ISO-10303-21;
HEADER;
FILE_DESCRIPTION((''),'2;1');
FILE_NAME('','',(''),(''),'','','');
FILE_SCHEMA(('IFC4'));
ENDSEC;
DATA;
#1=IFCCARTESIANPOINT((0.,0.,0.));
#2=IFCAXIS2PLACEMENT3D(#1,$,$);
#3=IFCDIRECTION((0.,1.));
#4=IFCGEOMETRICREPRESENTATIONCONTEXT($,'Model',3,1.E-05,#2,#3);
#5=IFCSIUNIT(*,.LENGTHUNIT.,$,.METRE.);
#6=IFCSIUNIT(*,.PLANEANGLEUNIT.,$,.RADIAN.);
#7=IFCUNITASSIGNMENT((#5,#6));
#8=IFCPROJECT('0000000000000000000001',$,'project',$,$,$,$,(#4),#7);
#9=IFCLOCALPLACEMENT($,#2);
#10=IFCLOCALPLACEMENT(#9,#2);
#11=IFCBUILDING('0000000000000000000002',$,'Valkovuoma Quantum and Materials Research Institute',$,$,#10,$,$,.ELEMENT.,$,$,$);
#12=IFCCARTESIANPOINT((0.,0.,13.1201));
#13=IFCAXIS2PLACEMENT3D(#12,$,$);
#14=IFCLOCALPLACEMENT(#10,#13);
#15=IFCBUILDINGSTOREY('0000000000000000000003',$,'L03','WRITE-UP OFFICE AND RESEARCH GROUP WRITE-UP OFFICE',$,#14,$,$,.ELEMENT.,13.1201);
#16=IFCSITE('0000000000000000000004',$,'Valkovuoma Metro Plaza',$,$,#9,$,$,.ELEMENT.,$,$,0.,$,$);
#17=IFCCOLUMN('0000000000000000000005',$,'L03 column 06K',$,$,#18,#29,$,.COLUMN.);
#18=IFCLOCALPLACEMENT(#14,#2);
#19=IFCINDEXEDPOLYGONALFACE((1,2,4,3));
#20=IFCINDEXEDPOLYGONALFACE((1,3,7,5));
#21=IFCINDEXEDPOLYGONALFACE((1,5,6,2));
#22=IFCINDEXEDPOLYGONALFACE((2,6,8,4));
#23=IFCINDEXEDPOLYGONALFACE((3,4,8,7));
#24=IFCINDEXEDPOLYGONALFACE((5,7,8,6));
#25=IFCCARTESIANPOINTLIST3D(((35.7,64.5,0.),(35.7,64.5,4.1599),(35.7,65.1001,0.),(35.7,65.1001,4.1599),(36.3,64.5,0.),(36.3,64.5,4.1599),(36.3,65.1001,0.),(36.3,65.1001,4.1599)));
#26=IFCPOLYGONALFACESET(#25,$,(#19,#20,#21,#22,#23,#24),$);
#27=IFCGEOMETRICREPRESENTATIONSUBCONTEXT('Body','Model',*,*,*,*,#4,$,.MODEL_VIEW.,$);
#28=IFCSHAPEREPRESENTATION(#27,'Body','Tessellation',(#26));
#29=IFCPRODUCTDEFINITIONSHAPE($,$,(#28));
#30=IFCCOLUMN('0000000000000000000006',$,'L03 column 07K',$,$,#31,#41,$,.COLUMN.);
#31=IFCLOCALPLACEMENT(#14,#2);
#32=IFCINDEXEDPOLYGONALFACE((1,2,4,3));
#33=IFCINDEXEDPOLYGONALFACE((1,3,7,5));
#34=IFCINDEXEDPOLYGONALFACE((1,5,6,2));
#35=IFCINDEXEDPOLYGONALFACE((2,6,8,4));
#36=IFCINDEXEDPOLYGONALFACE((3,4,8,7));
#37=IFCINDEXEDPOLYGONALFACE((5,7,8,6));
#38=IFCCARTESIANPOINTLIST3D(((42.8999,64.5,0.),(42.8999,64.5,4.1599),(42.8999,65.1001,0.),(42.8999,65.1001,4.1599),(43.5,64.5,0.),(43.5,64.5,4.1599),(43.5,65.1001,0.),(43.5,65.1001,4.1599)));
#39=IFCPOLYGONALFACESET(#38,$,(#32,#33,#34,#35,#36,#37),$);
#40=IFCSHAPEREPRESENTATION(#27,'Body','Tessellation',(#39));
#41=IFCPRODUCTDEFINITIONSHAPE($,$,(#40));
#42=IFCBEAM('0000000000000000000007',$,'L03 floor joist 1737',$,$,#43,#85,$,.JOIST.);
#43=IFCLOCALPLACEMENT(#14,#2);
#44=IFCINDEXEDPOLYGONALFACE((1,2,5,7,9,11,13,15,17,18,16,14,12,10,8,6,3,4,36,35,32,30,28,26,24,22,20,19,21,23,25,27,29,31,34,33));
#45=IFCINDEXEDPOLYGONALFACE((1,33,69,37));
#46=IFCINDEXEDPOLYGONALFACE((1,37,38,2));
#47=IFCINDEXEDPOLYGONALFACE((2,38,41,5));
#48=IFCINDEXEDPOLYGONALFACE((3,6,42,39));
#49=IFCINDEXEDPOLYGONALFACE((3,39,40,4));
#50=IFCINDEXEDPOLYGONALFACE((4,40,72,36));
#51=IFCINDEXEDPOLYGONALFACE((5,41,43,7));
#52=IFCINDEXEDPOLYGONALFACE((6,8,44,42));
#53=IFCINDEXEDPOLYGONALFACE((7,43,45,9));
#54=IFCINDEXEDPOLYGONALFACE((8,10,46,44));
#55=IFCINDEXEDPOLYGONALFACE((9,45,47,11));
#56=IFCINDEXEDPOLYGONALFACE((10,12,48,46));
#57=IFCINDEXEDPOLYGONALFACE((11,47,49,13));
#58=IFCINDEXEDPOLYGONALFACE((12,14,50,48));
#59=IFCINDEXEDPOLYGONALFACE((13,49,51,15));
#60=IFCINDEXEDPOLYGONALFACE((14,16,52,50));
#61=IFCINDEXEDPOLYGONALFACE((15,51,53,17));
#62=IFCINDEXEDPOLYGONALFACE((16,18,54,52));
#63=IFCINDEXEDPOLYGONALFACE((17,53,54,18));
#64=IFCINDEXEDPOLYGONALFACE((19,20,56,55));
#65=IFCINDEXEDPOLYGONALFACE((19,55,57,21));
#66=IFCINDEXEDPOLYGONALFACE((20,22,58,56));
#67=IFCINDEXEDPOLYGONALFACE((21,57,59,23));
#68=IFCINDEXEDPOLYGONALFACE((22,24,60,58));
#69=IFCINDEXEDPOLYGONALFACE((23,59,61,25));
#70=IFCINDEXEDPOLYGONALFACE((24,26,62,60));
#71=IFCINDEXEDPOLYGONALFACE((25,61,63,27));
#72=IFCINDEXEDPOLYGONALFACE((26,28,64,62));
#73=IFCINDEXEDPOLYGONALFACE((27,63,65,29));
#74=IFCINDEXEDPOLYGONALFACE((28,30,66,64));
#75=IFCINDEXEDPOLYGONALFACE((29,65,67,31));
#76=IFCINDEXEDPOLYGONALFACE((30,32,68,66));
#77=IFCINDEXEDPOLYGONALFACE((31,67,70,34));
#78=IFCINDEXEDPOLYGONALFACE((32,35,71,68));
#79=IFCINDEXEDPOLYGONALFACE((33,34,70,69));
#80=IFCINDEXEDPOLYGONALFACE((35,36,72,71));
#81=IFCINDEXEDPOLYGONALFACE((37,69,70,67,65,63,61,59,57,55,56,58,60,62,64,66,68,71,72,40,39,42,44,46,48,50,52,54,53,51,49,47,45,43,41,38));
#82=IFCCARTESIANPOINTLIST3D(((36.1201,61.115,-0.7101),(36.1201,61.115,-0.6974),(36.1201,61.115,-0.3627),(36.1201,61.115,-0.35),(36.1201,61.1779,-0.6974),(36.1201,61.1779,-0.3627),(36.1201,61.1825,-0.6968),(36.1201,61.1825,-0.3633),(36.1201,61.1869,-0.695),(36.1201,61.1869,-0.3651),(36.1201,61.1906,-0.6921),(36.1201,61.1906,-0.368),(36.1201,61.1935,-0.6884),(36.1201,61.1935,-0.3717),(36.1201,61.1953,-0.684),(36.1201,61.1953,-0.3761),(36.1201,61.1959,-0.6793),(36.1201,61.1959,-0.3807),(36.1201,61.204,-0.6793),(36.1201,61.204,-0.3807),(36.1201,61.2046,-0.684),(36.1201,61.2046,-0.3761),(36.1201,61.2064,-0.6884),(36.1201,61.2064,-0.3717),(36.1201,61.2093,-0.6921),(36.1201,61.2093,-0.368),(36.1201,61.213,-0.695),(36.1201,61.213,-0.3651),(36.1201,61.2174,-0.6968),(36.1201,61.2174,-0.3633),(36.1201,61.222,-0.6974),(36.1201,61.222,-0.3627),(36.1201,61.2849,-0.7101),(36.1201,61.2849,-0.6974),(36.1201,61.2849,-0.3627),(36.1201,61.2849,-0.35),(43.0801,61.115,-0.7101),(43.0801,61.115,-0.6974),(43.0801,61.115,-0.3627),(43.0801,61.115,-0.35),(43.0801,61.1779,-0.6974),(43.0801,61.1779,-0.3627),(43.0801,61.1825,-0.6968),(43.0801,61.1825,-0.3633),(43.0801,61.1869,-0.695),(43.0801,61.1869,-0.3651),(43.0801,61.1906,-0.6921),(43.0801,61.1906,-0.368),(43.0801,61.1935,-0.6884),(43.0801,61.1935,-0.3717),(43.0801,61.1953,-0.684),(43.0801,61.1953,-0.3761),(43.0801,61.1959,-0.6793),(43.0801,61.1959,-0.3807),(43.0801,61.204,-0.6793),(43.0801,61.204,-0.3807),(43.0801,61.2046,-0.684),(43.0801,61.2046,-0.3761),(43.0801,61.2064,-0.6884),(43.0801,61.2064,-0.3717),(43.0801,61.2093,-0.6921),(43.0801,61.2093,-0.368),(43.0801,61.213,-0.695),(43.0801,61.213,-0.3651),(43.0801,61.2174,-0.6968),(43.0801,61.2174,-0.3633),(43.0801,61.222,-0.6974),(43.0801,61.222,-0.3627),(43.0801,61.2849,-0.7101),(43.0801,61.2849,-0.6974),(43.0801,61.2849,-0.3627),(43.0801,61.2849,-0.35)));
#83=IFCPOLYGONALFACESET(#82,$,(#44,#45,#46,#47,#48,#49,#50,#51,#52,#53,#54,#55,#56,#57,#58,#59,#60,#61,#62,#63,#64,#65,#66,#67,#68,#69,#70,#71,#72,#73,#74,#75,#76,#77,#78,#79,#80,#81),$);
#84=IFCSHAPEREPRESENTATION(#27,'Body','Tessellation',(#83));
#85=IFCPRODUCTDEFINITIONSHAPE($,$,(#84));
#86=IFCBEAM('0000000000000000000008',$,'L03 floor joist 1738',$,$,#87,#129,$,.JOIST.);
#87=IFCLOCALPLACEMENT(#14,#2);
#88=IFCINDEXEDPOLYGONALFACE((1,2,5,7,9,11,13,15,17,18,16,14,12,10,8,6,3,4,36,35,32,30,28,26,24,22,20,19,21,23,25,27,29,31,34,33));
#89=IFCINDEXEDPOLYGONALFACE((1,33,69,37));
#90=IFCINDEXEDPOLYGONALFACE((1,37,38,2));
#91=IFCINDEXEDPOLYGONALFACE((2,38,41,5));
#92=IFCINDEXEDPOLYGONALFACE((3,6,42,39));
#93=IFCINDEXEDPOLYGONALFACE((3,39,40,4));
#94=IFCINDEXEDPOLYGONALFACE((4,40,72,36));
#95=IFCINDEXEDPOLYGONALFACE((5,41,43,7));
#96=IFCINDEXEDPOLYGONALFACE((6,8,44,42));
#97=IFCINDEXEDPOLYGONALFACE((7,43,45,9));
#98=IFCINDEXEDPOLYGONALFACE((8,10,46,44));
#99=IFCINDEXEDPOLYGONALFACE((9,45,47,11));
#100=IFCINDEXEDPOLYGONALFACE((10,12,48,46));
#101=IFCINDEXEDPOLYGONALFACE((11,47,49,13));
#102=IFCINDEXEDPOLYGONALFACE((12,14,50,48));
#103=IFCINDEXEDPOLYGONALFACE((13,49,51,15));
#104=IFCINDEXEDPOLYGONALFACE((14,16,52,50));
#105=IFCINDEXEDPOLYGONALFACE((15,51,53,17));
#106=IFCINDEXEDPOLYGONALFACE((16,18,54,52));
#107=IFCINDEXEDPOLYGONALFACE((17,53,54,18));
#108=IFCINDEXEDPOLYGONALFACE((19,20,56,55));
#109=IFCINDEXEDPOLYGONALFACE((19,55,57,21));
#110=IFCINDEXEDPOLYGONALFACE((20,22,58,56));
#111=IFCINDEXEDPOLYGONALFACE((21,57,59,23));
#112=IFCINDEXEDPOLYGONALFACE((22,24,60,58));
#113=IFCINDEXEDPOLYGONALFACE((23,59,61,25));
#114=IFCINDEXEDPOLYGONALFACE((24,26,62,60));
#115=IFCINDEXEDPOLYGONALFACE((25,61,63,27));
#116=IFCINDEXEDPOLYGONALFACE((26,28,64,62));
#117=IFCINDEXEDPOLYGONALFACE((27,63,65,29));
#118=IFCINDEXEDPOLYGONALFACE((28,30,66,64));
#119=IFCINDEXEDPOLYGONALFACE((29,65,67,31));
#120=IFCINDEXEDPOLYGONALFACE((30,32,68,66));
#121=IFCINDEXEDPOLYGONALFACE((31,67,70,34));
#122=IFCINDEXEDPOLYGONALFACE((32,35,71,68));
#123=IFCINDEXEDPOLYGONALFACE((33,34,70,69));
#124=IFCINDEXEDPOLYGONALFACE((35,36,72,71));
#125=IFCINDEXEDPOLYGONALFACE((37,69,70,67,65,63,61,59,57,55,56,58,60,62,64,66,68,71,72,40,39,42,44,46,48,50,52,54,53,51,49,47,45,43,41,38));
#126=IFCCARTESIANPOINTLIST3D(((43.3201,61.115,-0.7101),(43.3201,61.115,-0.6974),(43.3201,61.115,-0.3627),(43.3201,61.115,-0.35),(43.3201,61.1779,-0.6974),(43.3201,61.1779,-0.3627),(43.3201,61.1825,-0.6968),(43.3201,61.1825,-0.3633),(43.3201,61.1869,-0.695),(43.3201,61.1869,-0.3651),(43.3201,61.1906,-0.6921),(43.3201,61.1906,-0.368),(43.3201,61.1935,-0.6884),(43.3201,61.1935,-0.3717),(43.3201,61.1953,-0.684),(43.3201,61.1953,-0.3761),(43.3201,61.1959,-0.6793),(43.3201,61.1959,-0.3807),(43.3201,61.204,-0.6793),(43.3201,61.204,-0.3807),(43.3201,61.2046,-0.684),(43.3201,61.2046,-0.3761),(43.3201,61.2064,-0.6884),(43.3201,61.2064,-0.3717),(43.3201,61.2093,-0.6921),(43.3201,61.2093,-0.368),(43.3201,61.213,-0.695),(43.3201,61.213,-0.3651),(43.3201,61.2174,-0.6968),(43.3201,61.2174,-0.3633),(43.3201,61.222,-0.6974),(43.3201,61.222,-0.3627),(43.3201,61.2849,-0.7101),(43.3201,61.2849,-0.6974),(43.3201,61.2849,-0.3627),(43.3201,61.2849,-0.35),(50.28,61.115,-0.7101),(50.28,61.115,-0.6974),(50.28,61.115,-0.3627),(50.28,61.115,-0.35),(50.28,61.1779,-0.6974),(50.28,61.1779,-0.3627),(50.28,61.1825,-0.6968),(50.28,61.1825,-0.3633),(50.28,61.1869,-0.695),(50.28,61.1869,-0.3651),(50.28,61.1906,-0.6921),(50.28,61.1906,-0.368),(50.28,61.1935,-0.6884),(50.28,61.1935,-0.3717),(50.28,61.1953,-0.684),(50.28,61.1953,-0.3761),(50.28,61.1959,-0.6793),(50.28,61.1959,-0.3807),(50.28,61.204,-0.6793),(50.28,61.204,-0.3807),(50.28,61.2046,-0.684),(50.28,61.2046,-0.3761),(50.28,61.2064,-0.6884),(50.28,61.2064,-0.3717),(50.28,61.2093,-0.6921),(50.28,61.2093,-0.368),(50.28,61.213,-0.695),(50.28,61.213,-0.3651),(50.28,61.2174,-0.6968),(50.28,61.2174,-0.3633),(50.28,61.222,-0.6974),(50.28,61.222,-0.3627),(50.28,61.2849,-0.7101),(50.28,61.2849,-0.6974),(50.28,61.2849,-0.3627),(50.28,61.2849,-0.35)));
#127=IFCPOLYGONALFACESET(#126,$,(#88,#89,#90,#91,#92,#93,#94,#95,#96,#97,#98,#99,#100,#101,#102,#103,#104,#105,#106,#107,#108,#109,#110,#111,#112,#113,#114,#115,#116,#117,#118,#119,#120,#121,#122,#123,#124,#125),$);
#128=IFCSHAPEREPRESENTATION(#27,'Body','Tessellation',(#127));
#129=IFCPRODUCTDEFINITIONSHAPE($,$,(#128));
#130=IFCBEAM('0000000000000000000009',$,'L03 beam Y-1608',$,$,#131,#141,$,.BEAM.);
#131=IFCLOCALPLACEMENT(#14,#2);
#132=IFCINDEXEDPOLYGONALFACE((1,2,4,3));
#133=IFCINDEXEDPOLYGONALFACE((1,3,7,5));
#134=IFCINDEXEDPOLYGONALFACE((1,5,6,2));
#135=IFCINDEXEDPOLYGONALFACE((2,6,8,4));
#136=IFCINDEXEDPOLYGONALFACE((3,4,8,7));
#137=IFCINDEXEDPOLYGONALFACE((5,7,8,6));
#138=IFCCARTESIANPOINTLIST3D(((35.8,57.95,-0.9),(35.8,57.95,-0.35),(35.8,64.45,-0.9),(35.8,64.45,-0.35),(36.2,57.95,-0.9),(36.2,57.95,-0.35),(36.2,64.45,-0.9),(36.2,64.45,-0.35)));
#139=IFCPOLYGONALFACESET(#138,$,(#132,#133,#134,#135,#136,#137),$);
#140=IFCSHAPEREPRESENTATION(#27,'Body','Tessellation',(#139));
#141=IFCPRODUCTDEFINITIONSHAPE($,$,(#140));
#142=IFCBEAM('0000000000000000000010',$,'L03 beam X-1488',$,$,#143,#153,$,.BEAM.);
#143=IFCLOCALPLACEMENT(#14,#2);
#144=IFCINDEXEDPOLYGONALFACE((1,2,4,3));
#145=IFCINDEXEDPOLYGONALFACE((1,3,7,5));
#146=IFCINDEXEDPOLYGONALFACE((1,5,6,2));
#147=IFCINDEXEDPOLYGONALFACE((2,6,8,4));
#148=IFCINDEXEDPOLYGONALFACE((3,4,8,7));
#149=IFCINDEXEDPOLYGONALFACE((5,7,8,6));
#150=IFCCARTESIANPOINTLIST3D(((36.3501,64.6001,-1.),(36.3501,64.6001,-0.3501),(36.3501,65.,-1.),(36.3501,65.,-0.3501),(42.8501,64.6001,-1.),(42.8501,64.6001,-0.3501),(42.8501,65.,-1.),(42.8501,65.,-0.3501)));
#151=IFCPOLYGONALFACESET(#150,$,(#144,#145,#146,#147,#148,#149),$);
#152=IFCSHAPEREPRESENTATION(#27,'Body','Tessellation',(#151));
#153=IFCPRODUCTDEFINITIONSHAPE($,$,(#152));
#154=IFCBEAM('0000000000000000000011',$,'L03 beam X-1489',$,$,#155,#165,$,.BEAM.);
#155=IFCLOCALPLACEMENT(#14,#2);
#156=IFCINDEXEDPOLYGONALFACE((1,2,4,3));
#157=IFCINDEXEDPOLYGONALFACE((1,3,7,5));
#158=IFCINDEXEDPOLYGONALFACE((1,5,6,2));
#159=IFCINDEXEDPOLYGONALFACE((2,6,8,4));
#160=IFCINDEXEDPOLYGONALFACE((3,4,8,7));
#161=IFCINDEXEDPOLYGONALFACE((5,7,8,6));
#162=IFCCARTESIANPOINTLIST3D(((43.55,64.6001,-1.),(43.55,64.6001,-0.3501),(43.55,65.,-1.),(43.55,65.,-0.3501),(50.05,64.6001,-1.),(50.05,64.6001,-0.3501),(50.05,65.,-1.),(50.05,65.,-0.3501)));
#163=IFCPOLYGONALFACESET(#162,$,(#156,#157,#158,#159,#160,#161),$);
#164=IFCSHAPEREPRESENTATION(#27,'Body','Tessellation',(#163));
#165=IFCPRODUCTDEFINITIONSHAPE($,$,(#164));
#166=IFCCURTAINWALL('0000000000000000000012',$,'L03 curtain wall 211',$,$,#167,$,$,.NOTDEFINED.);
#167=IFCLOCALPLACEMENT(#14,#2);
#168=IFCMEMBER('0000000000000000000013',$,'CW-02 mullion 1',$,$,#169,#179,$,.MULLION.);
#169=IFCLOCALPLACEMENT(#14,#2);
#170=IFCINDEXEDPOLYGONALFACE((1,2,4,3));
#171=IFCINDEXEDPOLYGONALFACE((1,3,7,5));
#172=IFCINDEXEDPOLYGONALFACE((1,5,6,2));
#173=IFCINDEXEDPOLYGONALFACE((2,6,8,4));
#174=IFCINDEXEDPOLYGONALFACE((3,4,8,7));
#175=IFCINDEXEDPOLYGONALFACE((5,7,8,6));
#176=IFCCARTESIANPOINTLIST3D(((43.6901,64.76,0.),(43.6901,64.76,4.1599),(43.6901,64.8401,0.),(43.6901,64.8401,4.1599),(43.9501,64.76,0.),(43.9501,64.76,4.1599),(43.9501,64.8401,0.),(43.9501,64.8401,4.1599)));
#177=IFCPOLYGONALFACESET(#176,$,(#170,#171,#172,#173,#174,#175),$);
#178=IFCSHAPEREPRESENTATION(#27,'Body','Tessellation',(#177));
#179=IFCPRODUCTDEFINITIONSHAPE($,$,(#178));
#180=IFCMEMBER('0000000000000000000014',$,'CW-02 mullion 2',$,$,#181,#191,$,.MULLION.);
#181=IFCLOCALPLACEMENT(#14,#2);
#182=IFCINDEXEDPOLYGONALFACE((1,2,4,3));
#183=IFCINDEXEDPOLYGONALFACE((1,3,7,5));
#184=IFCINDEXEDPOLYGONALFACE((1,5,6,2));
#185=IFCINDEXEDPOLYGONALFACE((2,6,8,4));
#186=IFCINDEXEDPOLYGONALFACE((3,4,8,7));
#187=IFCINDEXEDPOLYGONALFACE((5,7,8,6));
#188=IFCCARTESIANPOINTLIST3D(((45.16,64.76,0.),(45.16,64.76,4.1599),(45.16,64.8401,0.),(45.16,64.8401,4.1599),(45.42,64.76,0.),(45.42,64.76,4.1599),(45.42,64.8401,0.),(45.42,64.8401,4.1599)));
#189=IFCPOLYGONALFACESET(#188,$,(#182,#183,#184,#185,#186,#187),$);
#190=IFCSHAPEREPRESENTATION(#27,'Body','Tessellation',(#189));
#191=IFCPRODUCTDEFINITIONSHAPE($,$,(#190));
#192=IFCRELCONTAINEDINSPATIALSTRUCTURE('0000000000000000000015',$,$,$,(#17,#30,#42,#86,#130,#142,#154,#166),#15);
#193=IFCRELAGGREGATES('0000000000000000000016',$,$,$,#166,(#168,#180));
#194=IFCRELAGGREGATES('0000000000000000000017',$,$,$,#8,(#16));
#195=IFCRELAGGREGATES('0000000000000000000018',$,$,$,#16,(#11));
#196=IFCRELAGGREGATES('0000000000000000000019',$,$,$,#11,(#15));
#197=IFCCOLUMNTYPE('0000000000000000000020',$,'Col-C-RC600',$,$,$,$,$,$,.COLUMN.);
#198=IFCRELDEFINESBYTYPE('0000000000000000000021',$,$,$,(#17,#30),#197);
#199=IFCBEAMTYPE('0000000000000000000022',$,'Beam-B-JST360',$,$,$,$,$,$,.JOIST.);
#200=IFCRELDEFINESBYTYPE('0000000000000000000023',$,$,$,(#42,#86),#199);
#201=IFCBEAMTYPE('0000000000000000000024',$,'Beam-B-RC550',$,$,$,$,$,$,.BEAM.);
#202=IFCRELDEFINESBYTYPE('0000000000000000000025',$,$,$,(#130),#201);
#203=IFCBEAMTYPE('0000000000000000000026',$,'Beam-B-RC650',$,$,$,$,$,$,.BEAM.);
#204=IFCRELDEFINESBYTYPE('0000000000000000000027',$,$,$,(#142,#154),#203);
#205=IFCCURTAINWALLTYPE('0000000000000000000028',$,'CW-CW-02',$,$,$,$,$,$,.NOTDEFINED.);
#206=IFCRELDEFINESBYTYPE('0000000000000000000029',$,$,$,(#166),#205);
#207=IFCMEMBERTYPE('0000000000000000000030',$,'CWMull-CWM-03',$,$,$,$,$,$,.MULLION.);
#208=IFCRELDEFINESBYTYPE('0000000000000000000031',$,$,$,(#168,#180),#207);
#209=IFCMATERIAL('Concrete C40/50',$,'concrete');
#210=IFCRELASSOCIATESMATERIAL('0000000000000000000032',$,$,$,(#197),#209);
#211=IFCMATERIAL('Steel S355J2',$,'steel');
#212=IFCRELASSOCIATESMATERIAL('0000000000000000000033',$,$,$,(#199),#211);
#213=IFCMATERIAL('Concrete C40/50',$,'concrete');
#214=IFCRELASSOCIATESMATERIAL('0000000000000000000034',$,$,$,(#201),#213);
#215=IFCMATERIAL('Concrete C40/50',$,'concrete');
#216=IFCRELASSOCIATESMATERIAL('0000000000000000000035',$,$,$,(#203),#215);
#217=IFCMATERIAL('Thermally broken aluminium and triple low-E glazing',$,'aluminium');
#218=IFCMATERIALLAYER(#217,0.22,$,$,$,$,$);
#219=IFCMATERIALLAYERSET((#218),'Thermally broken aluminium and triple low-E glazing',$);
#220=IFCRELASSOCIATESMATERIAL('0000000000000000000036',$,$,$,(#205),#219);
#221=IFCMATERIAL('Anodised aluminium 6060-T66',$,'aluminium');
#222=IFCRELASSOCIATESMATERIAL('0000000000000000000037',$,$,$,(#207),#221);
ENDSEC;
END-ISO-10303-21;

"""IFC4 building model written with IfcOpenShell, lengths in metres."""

from ifc_helpers import new_model, si_unit, direction, frame, origin, origin_2d, place, context, subcontext, project, spatial, rectangle, i_section, extrude, material, layer, layer_set, material_profile, profile_set, type_object, element, aggregate, save


model = new_model("IFC4")

# Units and contexts
model_context = context("Model", 3, precision=1e-05, world=origin(), true_north=direction((0.0, 1.0)))
body_context = subcontext(model_context, "Body", "Model", "MODEL_VIEW")
ifc_project = project(units=[si_unit("LENGTHUNIT", "METRE"), si_unit("PLANEANGLEUNIT", "RADIAN")], contexts=[model_context])

# Site, building, storey
site_placement = place(None, origin())
site = spatial("IfcSite", under=ifc_project, at=site_placement, Name="Valkovuoma Metro Plaza", CompositionType="ELEMENT", RefElevation=0.0)
building_placement = place(site_placement, origin())
building = spatial("IfcBuilding", under=site, at=building_placement, Name="Valkovuoma Quantum and Materials Research Institute", CompositionType="ELEMENT")
storey_placement = place(building_placement, frame((0.0, 0.0, 13.1201)))
storey = spatial("IfcBuildingStorey", under=building, at=storey_placement, Name="L03", Description="WRITE-UP OFFICE AND RESEARCH GROUP WRITE-UP OFFICE", CompositionType="ELEMENT", Elevation=13.1201)

# Columns
ifc_material_1 = material(Name="Concrete C40/50", Category="concrete")
ifc_material_profile_1 = material_profile(ifc_material_1, rectangle(XDim=0.6001, YDim=0.6001, at=origin_2d()), Name="Concrete C40/50")
ifc_profile_set_1 = profile_set([ifc_material_profile_1], Name="Concrete C40/50")
column_type = type_object("IfcColumnType", Name="Col-C-RC600", PredefinedType="COLUMN", material=ifc_profile_set_1)
for number, where, z_axis, x_axis, name in (
    (1, (36.0, 64.8, 0.0), (0.0, 0.0, 1.0), (1.0, 0.0, 0.0), "L03 column 06K"),
    (2, (43.2, 64.8, 0.0), (0.0, 0.0, 1.0), (1.0, 0.0, 0.0), "L03 column 07K"),
):
    element("IfcColumn", number, at=place(storey_placement, frame(where, z_axis=z_axis, x_axis=x_axis)), inside=storey, type_object=column_type, Name=name, PredefinedType="COLUMN", context=body_context, shape_type="SweptSolid", body=[
        extrude(rectangle(XDim=0.6001, YDim=0.6001, at=origin_2d()), origin(), (0.0, 0.0, 1.0), 4.1599),
    ])

# Beams
ifc_material_2 = material(Name="Steel S355J2", Category="steel")
ifc_material_profile_2 = material_profile(ifc_material_2, i_section(OverallWidth=0.1699, OverallDepth=0.3601, WebThickness=0.0081, FlangeThickness=0.0127, FilletRadius=0.0181, at=origin_2d()), Name="Steel S355J2")
ifc_profile_set_2 = profile_set([ifc_material_profile_2], Name="Steel S355J2")
beam_type_1 = type_object("IfcBeamType", Name="Beam-B-JST360", PredefinedType="JOIST", material=ifc_profile_set_2)
for number, where, z_axis, x_axis, name in (
    (3, (36.1201, 61.2, -0.53), (1.0, 0.0, 0.0), (0.0, 1.0, 0.0), "L03 floor joist 1737"),
    (4, (43.3201, 61.2, -0.53), (1.0, 0.0, 0.0), (0.0, 1.0, 0.0), "L03 floor joist 1738"),
):
    element("IfcBeam", number, at=place(storey_placement, frame(where, z_axis=z_axis, x_axis=x_axis)), inside=storey, type_object=beam_type_1, Name=name, PredefinedType="JOIST", context=body_context, shape_type="SweptSolid", body=[
        extrude(i_section(OverallWidth=0.1699, OverallDepth=0.3601, WebThickness=0.0081, FlangeThickness=0.0127, FilletRadius=0.0181, at=origin_2d()), origin(), (0.0, 0.0, 1.0), 6.96),
    ])
ifc_material_3 = material(Name="Concrete C40/50", Category="concrete")
ifc_material_profile_3 = material_profile(ifc_material_3, rectangle(XDim=0.3999, YDim=0.55, at=origin_2d()), Name="Concrete C40/50")
ifc_profile_set_3 = profile_set([ifc_material_profile_3], Name="Concrete C40/50")
beam_type_2 = type_object("IfcBeamType", Name="Beam-B-RC550", PredefinedType="BEAM", material=ifc_profile_set_3)
beam_placement = place(storey_placement, frame((36.0, 57.95, -0.625), z_axis=(0.0, 1.0, 0.0), x_axis=(-1.0, 0.0, 0.0)))
element("IfcBeam", 5, at=beam_placement, inside=storey, type_object=beam_type_2, Name="L03 beam Y-1608", PredefinedType="BEAM", context=body_context, shape_type="SweptSolid", body=[
    extrude(rectangle(XDim=0.3999, YDim=0.55, at=origin_2d()), origin(), (0.0, 0.0, 1.0), 6.5),
])
ifc_material_4 = material(Name="Concrete C40/50", Category="concrete")
ifc_material_profile_4 = material_profile(ifc_material_4, rectangle(XDim=0.3999, YDim=0.6499, at=origin_2d()), Name="Concrete C40/50")
ifc_profile_set_4 = profile_set([ifc_material_profile_4], Name="Concrete C40/50")
beam_type_3 = type_object("IfcBeamType", Name="Beam-B-RC650", PredefinedType="BEAM", material=ifc_profile_set_4)
for number, where, z_axis, x_axis, name in (
    (6, (36.3501, 64.8, -0.675), (1.0, 0.0, 0.0), (0.0, 1.0, 0.0), "L03 beam X-1488"),
    (7, (43.55, 64.8, -0.675), (1.0, 0.0, 0.0), (0.0, 1.0, 0.0), "L03 beam X-1489"),
):
    element("IfcBeam", number, at=place(storey_placement, frame(where, z_axis=z_axis, x_axis=x_axis)), inside=storey, type_object=beam_type_3, Name=name, PredefinedType="BEAM", context=body_context, shape_type="SweptSolid", body=[
        extrude(rectangle(XDim=0.3999, YDim=0.6499, at=origin_2d()), origin(), (0.0, 0.0, 1.0), 6.5),
    ])

# Curtain wall, members
ifc_material_5 = material(Name="Thermally broken aluminium and triple low-E glazing", Category="aluminium")
ifc_layer_1 = layer(ifc_material_5, 0.22)
ifc_layer_set_1 = layer_set([ifc_layer_1], Name="Thermally broken aluminium and triple low-E glazing")
curtain_wall_type = type_object("IfcCurtainWallType", Name="CW-CW-02", PredefinedType="NOTDEFINED", material=ifc_layer_set_1)
curtain_wall_placement = place(storey_placement, origin())
curtain_wall = element("IfcCurtainWall", 8, at=curtain_wall_placement, inside=storey, type_object=curtain_wall_type, Name="L03 curtain wall 211", PredefinedType="NOTDEFINED")
ifc_material_6 = material(Name="Anodised aluminium 6060-T66", Category="aluminium")
ifc_material_profile_5 = material_profile(ifc_material_6, rectangle(XDim=0.0801, YDim=0.26, at=origin_2d()), Name="Anodised aluminium 6060-T66")
ifc_profile_set_5 = profile_set([ifc_material_profile_5], Name="Anodised aluminium 6060-T66")
member_type_1 = type_object("IfcMemberType", Name="CWMull-CWM-03", PredefinedType="MULLION", material=ifc_profile_set_5)
member_1_placement = place(storey_placement, frame((43.8201, 64.8, 0.0), z_axis=(0.0, 0.0, 1.0), x_axis=(0.0, 1.0, 0.0)))
member_1 = element("IfcMember", 9, at=member_1_placement, type_object=member_type_1, Name="CW-02 mullion 1", PredefinedType="MULLION", context=body_context, shape_type="SweptSolid", body=[
    extrude(rectangle(XDim=0.0801, YDim=0.26, at=origin_2d()), origin(), (0.0, 0.0, 1.0), 4.1599),
])
member_2_placement = place(storey_placement, frame((45.29, 64.8, 0.0), z_axis=(0.0, 0.0, 1.0), x_axis=(0.0, 1.0, 0.0)))
member_2 = element("IfcMember", 10, at=member_2_placement, type_object=member_type_1, Name="CW-02 mullion 2", PredefinedType="MULLION", context=body_context, shape_type="SweptSolid", body=[
    extrude(rectangle(XDim=0.0801, YDim=0.26, at=origin_2d()), origin(), (0.0, 0.0, 1.0), 4.1599),
])
aggregate(curtain_wall, [member_1, member_2])

save(model, "model.ifc")
